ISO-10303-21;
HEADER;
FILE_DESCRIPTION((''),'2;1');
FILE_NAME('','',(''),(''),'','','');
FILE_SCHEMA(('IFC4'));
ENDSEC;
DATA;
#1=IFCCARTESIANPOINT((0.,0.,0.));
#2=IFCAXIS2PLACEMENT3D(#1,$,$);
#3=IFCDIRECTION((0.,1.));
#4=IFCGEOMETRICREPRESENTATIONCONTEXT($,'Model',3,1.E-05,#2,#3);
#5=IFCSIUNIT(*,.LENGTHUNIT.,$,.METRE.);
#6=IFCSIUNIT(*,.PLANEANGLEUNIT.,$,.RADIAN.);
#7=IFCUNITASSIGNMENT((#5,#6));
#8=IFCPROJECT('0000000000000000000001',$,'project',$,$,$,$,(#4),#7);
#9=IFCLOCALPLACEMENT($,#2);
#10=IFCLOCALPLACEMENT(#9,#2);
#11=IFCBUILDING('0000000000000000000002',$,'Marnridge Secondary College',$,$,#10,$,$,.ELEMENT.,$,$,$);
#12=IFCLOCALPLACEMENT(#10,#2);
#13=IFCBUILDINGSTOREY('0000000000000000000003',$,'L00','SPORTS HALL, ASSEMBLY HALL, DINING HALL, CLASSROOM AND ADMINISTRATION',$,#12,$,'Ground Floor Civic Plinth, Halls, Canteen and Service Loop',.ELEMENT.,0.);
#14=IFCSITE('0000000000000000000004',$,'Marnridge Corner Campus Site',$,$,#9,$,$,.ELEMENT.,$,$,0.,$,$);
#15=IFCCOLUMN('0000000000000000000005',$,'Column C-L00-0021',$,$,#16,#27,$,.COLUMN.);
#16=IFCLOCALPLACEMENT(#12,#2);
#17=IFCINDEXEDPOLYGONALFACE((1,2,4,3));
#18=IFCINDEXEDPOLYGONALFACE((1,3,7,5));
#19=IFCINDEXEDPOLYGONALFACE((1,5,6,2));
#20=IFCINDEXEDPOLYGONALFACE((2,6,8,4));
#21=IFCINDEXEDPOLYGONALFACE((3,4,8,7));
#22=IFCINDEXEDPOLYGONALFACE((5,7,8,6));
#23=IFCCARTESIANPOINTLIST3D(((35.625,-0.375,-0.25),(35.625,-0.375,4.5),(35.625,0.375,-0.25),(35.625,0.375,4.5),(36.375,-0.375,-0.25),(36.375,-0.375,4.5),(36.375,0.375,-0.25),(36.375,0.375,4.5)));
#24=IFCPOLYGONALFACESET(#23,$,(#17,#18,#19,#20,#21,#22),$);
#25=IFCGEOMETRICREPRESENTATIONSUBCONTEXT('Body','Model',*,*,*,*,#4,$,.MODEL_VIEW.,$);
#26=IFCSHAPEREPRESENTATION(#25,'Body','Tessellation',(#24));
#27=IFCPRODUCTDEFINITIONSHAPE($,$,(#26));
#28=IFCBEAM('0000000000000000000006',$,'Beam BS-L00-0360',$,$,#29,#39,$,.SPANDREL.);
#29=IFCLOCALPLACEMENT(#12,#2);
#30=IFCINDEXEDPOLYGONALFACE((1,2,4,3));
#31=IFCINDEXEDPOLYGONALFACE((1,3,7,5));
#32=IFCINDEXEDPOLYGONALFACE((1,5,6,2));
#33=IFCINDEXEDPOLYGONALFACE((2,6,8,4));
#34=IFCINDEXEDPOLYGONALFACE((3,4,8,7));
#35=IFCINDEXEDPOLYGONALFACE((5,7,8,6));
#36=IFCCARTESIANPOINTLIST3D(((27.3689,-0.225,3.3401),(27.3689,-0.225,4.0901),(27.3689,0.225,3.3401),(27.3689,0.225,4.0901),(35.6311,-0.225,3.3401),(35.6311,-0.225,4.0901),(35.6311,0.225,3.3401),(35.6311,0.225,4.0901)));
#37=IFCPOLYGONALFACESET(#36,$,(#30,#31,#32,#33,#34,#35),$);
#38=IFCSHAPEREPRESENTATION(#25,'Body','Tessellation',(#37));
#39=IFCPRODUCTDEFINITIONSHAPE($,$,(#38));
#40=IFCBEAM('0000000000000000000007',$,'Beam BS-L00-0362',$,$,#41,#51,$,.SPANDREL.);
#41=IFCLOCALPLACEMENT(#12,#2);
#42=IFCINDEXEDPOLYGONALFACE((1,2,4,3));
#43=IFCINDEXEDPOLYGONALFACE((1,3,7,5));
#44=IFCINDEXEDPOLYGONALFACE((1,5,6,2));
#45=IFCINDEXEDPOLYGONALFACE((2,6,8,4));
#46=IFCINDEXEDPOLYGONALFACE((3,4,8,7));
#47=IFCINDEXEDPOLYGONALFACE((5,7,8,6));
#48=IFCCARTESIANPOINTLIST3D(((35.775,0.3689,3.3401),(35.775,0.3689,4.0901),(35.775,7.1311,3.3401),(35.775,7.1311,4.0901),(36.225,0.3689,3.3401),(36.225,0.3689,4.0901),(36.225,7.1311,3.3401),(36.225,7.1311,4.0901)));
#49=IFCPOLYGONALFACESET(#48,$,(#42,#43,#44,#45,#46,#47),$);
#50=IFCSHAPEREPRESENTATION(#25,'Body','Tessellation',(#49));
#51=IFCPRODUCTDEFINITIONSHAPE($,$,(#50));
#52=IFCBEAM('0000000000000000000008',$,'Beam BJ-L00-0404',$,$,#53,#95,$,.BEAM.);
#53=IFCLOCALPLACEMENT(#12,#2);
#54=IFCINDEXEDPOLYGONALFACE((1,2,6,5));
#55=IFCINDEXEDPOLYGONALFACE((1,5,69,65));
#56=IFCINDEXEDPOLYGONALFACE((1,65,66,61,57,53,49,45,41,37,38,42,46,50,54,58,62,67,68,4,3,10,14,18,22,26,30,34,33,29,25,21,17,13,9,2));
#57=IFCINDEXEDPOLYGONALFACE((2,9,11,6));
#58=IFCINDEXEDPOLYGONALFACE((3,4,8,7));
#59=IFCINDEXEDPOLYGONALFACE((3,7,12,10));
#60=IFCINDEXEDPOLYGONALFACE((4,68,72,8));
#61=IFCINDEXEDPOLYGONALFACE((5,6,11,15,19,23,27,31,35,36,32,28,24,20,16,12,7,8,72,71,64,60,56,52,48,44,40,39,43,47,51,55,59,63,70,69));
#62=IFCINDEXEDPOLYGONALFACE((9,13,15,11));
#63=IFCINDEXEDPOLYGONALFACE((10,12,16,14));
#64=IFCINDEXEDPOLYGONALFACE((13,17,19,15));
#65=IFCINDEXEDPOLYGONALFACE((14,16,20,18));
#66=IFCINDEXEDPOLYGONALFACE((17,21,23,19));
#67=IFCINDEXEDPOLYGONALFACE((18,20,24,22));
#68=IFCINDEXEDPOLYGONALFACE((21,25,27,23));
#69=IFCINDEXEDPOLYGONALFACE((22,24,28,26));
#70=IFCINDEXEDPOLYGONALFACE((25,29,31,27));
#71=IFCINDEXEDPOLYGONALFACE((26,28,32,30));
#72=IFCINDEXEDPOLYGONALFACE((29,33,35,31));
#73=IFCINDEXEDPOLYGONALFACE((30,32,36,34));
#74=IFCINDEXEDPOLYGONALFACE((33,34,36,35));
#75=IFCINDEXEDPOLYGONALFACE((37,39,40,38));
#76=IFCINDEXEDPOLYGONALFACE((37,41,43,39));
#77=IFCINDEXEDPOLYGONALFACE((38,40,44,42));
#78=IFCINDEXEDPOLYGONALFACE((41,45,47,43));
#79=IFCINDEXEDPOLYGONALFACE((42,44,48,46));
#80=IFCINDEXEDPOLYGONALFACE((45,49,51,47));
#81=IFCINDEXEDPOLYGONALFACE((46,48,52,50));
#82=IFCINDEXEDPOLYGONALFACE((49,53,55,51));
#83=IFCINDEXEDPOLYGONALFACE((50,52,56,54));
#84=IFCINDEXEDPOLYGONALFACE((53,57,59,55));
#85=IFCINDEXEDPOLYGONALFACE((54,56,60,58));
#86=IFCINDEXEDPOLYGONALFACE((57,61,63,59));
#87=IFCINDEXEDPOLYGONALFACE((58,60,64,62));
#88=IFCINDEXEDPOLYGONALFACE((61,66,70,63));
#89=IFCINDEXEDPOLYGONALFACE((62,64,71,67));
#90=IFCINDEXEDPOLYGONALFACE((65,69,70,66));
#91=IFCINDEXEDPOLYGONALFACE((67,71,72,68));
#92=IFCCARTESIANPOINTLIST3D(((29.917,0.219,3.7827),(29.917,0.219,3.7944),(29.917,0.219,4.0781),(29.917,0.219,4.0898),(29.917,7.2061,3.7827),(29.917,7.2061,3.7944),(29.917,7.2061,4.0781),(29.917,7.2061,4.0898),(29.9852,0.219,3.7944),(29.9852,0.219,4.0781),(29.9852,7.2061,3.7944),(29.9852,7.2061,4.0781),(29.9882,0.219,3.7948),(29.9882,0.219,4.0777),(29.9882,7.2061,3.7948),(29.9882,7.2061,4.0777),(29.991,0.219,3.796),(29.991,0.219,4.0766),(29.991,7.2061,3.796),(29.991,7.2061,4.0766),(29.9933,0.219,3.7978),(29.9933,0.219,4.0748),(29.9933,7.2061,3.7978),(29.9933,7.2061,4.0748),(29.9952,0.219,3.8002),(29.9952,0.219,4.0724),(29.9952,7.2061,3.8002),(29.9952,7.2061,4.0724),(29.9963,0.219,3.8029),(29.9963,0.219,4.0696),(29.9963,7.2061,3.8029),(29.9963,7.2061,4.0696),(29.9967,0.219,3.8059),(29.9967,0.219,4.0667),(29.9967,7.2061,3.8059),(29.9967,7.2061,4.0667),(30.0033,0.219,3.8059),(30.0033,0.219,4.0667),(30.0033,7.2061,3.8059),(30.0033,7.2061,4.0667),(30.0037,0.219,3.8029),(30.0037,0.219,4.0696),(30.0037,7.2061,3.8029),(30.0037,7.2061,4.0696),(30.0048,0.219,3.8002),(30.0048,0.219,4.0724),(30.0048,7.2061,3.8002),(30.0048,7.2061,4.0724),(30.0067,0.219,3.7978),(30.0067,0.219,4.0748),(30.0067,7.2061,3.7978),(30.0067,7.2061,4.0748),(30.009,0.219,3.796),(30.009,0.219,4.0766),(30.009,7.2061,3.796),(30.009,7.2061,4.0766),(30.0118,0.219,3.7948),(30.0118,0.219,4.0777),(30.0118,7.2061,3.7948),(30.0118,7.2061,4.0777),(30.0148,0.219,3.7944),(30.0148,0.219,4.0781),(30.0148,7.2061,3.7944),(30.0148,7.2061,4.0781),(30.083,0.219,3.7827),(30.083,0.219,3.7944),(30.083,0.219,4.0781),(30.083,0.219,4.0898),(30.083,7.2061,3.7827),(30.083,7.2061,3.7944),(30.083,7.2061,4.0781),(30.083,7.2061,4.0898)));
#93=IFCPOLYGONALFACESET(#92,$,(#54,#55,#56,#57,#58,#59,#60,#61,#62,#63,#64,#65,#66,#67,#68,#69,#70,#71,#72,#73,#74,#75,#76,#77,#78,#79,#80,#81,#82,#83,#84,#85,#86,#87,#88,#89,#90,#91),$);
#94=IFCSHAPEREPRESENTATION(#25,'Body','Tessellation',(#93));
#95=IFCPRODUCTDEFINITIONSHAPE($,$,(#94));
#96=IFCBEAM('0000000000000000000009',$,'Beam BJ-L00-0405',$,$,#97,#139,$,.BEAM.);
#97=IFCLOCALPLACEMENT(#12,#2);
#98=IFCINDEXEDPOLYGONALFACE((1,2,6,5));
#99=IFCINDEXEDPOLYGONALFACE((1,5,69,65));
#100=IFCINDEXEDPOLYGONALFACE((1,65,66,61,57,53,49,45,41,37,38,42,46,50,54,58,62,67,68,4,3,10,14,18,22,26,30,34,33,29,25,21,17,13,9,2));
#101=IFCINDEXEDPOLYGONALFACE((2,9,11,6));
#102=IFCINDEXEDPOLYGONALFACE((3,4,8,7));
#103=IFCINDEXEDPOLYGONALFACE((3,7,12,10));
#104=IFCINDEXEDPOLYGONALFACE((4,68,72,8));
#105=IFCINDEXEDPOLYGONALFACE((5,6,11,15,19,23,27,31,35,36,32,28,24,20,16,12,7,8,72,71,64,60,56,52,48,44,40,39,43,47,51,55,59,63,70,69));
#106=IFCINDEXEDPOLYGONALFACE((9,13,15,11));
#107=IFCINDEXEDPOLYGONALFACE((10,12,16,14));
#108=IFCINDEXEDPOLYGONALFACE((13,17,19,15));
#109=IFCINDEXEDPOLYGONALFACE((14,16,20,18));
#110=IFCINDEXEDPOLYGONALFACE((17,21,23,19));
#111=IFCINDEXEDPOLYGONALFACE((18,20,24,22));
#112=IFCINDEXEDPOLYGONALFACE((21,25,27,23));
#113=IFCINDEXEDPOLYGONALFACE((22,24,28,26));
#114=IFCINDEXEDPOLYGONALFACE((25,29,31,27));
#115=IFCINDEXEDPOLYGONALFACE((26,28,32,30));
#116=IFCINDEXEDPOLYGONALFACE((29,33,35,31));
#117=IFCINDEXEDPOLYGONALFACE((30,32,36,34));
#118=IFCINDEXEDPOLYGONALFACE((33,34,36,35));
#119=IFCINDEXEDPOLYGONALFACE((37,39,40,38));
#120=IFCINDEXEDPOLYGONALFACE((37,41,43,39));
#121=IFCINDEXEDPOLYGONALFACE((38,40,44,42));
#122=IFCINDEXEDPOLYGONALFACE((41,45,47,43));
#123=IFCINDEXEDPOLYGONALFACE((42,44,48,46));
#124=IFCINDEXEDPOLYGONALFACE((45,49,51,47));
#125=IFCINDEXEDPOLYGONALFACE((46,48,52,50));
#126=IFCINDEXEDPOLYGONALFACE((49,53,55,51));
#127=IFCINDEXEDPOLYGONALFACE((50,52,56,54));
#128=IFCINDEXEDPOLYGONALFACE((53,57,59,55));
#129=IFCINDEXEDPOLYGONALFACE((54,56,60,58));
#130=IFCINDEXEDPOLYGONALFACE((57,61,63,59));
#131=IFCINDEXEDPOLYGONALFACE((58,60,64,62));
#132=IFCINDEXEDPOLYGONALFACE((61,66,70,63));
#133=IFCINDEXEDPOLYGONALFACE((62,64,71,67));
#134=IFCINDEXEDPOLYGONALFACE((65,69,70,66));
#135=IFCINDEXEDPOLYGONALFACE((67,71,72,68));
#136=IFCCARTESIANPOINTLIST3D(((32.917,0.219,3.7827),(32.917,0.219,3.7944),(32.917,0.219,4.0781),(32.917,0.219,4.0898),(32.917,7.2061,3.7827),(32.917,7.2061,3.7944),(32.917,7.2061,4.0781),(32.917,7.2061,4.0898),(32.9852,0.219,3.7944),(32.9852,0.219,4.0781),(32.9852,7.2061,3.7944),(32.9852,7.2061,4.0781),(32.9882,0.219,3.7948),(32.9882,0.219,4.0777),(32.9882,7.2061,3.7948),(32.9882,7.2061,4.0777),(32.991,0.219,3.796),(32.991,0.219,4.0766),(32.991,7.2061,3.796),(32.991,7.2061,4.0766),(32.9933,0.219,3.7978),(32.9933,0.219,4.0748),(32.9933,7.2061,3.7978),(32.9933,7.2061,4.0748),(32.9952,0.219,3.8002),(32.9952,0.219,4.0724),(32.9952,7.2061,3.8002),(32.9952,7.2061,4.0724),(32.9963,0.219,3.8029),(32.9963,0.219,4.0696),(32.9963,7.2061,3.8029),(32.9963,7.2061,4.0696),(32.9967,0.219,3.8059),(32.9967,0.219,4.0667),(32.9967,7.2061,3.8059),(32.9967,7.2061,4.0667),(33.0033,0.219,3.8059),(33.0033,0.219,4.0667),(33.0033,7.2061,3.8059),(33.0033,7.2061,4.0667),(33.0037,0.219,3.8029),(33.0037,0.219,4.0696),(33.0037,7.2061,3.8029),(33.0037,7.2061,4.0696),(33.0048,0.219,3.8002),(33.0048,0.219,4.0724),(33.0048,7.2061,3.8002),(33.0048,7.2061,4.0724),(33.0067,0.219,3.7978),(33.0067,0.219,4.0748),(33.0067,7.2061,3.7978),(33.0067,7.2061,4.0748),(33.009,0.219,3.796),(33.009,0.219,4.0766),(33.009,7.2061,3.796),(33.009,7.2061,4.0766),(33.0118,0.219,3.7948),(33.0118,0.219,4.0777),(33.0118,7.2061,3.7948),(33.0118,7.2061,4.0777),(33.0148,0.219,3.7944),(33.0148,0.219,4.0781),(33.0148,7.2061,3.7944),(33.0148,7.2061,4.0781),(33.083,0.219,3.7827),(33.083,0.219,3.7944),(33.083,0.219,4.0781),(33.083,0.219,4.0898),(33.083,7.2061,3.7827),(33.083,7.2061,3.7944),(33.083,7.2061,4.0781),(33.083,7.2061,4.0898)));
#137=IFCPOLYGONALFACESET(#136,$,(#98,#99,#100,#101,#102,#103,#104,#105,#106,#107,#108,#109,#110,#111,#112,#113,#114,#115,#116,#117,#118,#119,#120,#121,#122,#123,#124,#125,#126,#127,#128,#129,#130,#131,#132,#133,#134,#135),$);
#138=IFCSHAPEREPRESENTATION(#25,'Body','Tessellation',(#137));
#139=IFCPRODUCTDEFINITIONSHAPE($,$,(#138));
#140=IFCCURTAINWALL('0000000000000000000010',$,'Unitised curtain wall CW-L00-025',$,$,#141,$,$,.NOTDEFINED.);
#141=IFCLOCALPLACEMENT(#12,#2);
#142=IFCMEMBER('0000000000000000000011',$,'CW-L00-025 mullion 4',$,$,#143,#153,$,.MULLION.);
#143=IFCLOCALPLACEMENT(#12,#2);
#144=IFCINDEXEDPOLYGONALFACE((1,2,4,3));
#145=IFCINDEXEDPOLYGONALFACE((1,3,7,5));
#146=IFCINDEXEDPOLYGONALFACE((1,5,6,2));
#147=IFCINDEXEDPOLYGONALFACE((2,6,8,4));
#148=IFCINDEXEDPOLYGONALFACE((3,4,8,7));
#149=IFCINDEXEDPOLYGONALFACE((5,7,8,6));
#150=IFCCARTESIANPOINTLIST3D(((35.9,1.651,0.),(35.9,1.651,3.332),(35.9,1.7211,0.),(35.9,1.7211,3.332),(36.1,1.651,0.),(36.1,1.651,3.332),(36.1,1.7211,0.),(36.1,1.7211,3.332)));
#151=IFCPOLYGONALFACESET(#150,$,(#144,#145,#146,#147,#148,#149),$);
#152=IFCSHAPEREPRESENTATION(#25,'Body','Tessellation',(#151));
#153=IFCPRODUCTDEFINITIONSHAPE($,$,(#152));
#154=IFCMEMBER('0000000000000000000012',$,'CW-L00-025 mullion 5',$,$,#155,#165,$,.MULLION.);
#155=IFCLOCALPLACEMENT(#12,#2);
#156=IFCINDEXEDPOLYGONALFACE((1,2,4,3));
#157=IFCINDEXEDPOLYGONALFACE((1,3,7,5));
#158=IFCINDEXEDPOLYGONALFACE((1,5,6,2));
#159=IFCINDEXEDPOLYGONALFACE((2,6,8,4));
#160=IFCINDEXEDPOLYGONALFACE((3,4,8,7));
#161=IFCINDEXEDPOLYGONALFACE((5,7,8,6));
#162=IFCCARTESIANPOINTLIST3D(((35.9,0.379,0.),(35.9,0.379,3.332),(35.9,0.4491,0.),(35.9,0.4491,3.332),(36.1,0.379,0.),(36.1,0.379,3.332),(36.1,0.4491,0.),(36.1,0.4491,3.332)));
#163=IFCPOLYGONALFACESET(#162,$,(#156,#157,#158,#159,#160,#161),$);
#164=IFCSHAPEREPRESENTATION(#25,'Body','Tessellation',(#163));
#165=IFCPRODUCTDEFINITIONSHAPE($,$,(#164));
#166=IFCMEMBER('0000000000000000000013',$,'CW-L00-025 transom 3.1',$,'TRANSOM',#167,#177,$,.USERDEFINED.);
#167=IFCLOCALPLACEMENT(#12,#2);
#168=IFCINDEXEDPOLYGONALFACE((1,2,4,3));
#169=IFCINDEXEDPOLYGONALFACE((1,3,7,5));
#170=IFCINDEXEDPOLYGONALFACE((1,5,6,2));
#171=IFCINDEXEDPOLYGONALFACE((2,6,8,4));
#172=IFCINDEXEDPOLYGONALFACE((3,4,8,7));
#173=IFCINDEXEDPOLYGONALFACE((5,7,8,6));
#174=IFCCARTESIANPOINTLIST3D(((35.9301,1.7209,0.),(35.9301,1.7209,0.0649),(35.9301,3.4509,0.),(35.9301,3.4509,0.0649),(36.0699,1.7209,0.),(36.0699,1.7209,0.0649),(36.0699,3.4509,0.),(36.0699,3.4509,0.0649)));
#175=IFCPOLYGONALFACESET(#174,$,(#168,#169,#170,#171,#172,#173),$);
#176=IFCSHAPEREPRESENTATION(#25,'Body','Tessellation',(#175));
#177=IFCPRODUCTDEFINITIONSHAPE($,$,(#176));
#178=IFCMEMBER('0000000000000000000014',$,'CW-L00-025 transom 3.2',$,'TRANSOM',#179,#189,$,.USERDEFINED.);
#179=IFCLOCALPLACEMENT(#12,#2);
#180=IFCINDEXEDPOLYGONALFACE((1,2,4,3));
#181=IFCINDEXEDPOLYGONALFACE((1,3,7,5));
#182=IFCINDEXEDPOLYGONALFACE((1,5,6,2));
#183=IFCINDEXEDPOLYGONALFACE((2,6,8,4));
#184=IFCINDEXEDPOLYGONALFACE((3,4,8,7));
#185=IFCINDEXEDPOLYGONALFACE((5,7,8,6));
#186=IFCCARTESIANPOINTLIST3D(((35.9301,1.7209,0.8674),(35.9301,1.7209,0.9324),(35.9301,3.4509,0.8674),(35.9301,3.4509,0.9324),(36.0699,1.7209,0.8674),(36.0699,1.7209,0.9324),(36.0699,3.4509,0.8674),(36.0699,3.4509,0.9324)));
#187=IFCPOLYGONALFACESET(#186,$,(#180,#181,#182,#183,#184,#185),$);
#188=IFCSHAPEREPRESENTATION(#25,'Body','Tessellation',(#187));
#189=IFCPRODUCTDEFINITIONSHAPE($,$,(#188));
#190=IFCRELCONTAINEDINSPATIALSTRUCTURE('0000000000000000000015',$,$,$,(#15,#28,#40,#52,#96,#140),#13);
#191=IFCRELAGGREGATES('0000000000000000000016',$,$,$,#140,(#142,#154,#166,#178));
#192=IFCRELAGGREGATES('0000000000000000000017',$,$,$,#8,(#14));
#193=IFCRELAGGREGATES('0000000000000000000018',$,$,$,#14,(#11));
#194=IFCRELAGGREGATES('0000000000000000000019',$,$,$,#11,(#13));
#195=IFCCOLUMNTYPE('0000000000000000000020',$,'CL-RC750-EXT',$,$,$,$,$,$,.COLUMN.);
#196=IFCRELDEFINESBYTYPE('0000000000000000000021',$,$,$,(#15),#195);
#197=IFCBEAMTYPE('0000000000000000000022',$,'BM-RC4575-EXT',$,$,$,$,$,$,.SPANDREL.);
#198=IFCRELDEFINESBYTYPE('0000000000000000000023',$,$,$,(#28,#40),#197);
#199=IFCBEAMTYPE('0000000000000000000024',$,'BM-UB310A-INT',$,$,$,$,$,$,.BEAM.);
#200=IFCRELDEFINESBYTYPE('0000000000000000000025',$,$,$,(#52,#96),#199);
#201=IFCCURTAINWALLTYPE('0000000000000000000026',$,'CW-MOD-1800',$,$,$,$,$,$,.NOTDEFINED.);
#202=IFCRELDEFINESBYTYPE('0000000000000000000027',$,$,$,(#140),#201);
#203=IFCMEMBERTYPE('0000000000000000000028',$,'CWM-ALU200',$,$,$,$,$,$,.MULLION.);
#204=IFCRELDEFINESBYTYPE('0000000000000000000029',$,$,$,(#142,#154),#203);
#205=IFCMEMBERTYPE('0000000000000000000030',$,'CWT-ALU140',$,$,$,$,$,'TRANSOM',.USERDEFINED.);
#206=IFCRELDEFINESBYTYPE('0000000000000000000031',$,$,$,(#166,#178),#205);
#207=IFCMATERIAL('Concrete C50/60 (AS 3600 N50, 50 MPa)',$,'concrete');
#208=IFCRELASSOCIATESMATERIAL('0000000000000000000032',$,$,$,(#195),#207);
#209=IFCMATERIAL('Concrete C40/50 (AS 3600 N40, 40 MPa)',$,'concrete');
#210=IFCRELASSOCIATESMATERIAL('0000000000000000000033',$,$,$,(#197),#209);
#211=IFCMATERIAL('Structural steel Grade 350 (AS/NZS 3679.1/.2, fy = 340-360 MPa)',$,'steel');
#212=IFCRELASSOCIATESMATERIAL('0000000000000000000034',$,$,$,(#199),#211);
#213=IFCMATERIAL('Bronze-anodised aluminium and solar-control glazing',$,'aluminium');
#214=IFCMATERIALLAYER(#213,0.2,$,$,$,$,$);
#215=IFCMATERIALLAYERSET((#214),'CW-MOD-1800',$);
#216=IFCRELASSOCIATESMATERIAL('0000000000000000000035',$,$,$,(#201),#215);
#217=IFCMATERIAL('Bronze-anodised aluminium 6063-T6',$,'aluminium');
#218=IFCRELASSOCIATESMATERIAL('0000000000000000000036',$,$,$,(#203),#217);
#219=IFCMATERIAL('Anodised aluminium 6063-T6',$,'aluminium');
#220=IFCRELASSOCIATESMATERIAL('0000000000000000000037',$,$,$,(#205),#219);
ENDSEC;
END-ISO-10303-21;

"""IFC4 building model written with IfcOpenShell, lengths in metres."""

from ifc_helpers import new_model, si_unit, direction, frame, origin, origin_2d, place, context, subcontext, project, spatial, rectangle, i_section, extrude, material, layer, layer_set, material_profile, profile_set, type_object, element, aggregate, save


model = new_model("IFC4")

# Units and contexts
model_context = context("Model", 3, precision=1e-05, world=origin(), true_north=direction((0.0, 1.0)))
body_context = subcontext(model_context, "Body", "Model", "MODEL_VIEW")
ifc_project = project(units=[si_unit("LENGTHUNIT", "METRE"), si_unit("PLANEANGLEUNIT", "RADIAN")], contexts=[model_context])

# Site, building, storey
site_placement = place(None, origin())
site = spatial("IfcSite", under=ifc_project, at=site_placement, Name="Marnridge Corner Campus Site", CompositionType="ELEMENT", RefElevation=0.0)
building_placement = place(site_placement, origin())
building = spatial("IfcBuilding", under=site, at=building_placement, Name="Marnridge Secondary College", CompositionType="ELEMENT")
storey_placement = place(building_placement, origin())
storey = spatial("IfcBuildingStorey", under=building, at=storey_placement, Name="L00", Description="SPORTS HALL, ASSEMBLY HALL, DINING HALL, CLASSROOM AND ADMINISTRATION", LongName="Ground Floor Civic Plinth, Halls, Canteen and Service Loop", CompositionType="ELEMENT", Elevation=0.0)

# Column
ifc_material_1 = material(Name="Concrete C50/60 (AS 3600 N50, 50 MPa)", Category="concrete")
ifc_material_profile_1 = material_profile(ifc_material_1, rectangle(XDim=0.75, YDim=0.75, at=origin_2d()), Name="RC 750x750")
ifc_profile_set_1 = profile_set([ifc_material_profile_1], Name="Concrete C50/60 (AS 3600 N50, 50 MPa)")
column_type = type_object("IfcColumnType", Name="CL-RC750-EXT", PredefinedType="COLUMN", material=ifc_profile_set_1)
column_placement = place(storey_placement, frame((36.0, 0.0, -0.25), z_axis=(0.0, 0.0, 1.0), x_axis=(1.0, 0.0, 0.0)))
element("IfcColumn", 1, at=column_placement, inside=storey, type_object=column_type, Name="Column C-L00-0021", PredefinedType="COLUMN", context=body_context, shape_type="SweptSolid", body=[
    extrude(rectangle(XDim=0.75, YDim=0.75, at=origin_2d()), origin(), (0.0, 0.0, 1.0), 4.75),
])

# Beams
ifc_material_2 = material(Name="Concrete C40/50 (AS 3600 N40, 40 MPa)", Category="concrete")
ifc_material_profile_2 = material_profile(ifc_material_2, rectangle(XDim=0.45, YDim=0.75, at=origin_2d()), Name="RC 450x750")
ifc_profile_set_2 = profile_set([ifc_material_profile_2], Name="Concrete C40/50 (AS 3600 N40, 40 MPa)")
beam_type_1 = type_object("IfcBeamType", Name="BM-RC4575-EXT", PredefinedType="SPANDREL", material=ifc_profile_set_2)
beam_1_placement = place(storey_placement, frame((27.3689, 0.0, 3.7151), z_axis=(1.0, 0.0, 0.0), x_axis=(0.0, 1.0, 0.0)))
element("IfcBeam", 2, at=beam_1_placement, inside=storey, type_object=beam_type_1, Name="Beam BS-L00-0360", PredefinedType="SPANDREL", context=body_context, shape_type="SweptSolid", body=[
    extrude(rectangle(XDim=0.45, YDim=0.75, at=origin_2d()), origin(), (0.0, 0.0, 1.0), 8.2622),
])
beam_2_placement = place(storey_placement, frame((36.0, 0.3689, 3.7151), z_axis=(0.0, 1.0, 0.0), x_axis=(-1.0, 0.0, 0.0)))
element("IfcBeam", 3, at=beam_2_placement, inside=storey, type_object=beam_type_1, Name="Beam BS-L00-0362", PredefinedType="SPANDREL", context=body_context, shape_type="SweptSolid", body=[
    extrude(rectangle(XDim=0.45, YDim=0.75, at=origin_2d()), origin(), (0.0, 0.0, 1.0), 6.7622),
])
ifc_material_3 = material(Name="Structural steel Grade 350 (AS/NZS 3679.1/.2, fy = 340-360 MPa)", Category="steel")
ifc_material_profile_3 = material_profile(ifc_material_3, i_section(OverallWidth=0.166, OverallDepth=0.3071, WebThickness=0.0066, FlangeThickness=0.0117, FilletRadius=0.0115, at=origin_2d()), Name="310UB46.2")
ifc_profile_set_3 = profile_set([ifc_material_profile_3], Name="Structural steel Grade 350 (AS/NZS 3679.1/.2, fy = 340-360 MPa)")
beam_type_2 = type_object("IfcBeamType", Name="BM-UB310A-INT", PredefinedType="BEAM", material=ifc_profile_set_3)
for number, where, z_axis, x_axis, name in (
    (4, (30.0, 0.219, 3.9363), (0.0, 1.0, 0.0), (-1.0, 0.0, 0.0), "Beam BJ-L00-0404"),
    (5, (33.0, 0.219, 3.9363), (0.0, 1.0, 0.0), (-1.0, 0.0, 0.0), "Beam BJ-L00-0405"),
):
    element("IfcBeam", number, at=place(storey_placement, frame(where, z_axis=z_axis, x_axis=x_axis)), inside=storey, type_object=beam_type_2, Name=name, PredefinedType="BEAM", context=body_context, shape_type="SweptSolid", body=[
        extrude(i_section(OverallWidth=0.166, OverallDepth=0.3071, WebThickness=0.0066, FlangeThickness=0.0117, FilletRadius=0.0115, at=origin_2d()), origin(), (0.0, 0.0, 1.0), 6.9871),
    ])

# Curtain wall, members
ifc_material_4 = material(Name="Bronze-anodised aluminium and solar-control glazing", Category="aluminium")
ifc_layer_1 = layer(ifc_material_4, 0.2)
ifc_layer_set_1 = layer_set([ifc_layer_1], Name="CW-MOD-1800")
curtain_wall_type = type_object("IfcCurtainWallType", Name="CW-MOD-1800", PredefinedType="NOTDEFINED", material=ifc_layer_set_1)
curtain_wall_placement = place(storey_placement, origin())
curtain_wall = element("IfcCurtainWall", 6, at=curtain_wall_placement, inside=storey, type_object=curtain_wall_type, Name="Unitised curtain wall CW-L00-025", PredefinedType="NOTDEFINED")
ifc_material_5 = material(Name="Bronze-anodised aluminium 6063-T6", Category="aluminium")
ifc_material_profile_4 = material_profile(ifc_material_5, rectangle(XDim=0.0701, YDim=0.2, at=origin_2d()), Name="ALU 70x200")
ifc_profile_set_4 = profile_set([ifc_material_profile_4], Name="Bronze-anodised aluminium 6063-T6")
member_type_1 = type_object("IfcMemberType", Name="CWM-ALU200", PredefinedType="MULLION", material=ifc_profile_set_4)
member_1_placement = place(storey_placement, frame((36.0, 1.686, 0.0), z_axis=(0.0, 0.0, 1.0), x_axis=(0.0, -1.0, 0.0)))
member_1 = element("IfcMember", 7, at=member_1_placement, type_object=member_type_1, Name="CW-L00-025 mullion 4", PredefinedType="MULLION", context=body_context, shape_type="SweptSolid", body=[
    extrude(rectangle(XDim=0.0701, YDim=0.2, at=origin_2d()), origin(), (0.0, 0.0, 1.0), 3.332),
])
member_2_placement = place(storey_placement, frame((36.0, 0.4141, 0.0), z_axis=(0.0, 0.0, 1.0), x_axis=(0.0, -1.0, 0.0)))
member_2 = element("IfcMember", 8, at=member_2_placement, type_object=member_type_1, Name="CW-L00-025 mullion 5", PredefinedType="MULLION", context=body_context, shape_type="SweptSolid", body=[
    extrude(rectangle(XDim=0.0701, YDim=0.2, at=origin_2d()), origin(), (0.0, 0.0, 1.0), 3.332),
])
ifc_material_6 = material(Name="Anodised aluminium 6063-T6", Category="aluminium")
ifc_material_profile_5 = material_profile(ifc_material_6, rectangle(XDim=0.0649, YDim=0.1399, at=origin_2d()), Name="ALU 65x140")
ifc_profile_set_5 = profile_set([ifc_material_profile_5], Name="Anodised aluminium 6063-T6")
member_type_2 = type_object("IfcMemberType", Name="CWT-ALU140", ElementType="TRANSOM", PredefinedType="USERDEFINED", material=ifc_profile_set_5)
member_3_placement = place(storey_placement, frame((36.0, 3.4509, 0.0325), z_axis=(0.0, -1.0, 0.0), x_axis=(0.0, 0.0, 1.0)))
member_3 = element("IfcMember", 9, at=member_3_placement, type_object=member_type_2, Name="CW-L00-025 transom 3.1", ObjectType="TRANSOM", PredefinedType="USERDEFINED", context=body_context, shape_type="SweptSolid", body=[
    extrude(rectangle(XDim=0.0649, YDim=0.1399, at=origin_2d()), origin(), (0.0, 0.0, 1.0), 1.73),
])
member_4_placement = place(storey_placement, frame((36.0, 3.4509, 0.8999), z_axis=(0.0, -1.0, 0.0), x_axis=(0.0, 0.0, 1.0)))
member_4 = element("IfcMember", 10, at=member_4_placement, type_object=member_type_2, Name="CW-L00-025 transom 3.2", ObjectType="TRANSOM", PredefinedType="USERDEFINED", context=body_context, shape_type="SweptSolid", body=[
    extrude(rectangle(XDim=0.0649, YDim=0.1399, at=origin_2d()), origin(), (0.0, 0.0, 1.0), 1.73),
])
aggregate(curtain_wall, [member_1, member_2, member_3, member_4])

save(model, "model.ifc")
